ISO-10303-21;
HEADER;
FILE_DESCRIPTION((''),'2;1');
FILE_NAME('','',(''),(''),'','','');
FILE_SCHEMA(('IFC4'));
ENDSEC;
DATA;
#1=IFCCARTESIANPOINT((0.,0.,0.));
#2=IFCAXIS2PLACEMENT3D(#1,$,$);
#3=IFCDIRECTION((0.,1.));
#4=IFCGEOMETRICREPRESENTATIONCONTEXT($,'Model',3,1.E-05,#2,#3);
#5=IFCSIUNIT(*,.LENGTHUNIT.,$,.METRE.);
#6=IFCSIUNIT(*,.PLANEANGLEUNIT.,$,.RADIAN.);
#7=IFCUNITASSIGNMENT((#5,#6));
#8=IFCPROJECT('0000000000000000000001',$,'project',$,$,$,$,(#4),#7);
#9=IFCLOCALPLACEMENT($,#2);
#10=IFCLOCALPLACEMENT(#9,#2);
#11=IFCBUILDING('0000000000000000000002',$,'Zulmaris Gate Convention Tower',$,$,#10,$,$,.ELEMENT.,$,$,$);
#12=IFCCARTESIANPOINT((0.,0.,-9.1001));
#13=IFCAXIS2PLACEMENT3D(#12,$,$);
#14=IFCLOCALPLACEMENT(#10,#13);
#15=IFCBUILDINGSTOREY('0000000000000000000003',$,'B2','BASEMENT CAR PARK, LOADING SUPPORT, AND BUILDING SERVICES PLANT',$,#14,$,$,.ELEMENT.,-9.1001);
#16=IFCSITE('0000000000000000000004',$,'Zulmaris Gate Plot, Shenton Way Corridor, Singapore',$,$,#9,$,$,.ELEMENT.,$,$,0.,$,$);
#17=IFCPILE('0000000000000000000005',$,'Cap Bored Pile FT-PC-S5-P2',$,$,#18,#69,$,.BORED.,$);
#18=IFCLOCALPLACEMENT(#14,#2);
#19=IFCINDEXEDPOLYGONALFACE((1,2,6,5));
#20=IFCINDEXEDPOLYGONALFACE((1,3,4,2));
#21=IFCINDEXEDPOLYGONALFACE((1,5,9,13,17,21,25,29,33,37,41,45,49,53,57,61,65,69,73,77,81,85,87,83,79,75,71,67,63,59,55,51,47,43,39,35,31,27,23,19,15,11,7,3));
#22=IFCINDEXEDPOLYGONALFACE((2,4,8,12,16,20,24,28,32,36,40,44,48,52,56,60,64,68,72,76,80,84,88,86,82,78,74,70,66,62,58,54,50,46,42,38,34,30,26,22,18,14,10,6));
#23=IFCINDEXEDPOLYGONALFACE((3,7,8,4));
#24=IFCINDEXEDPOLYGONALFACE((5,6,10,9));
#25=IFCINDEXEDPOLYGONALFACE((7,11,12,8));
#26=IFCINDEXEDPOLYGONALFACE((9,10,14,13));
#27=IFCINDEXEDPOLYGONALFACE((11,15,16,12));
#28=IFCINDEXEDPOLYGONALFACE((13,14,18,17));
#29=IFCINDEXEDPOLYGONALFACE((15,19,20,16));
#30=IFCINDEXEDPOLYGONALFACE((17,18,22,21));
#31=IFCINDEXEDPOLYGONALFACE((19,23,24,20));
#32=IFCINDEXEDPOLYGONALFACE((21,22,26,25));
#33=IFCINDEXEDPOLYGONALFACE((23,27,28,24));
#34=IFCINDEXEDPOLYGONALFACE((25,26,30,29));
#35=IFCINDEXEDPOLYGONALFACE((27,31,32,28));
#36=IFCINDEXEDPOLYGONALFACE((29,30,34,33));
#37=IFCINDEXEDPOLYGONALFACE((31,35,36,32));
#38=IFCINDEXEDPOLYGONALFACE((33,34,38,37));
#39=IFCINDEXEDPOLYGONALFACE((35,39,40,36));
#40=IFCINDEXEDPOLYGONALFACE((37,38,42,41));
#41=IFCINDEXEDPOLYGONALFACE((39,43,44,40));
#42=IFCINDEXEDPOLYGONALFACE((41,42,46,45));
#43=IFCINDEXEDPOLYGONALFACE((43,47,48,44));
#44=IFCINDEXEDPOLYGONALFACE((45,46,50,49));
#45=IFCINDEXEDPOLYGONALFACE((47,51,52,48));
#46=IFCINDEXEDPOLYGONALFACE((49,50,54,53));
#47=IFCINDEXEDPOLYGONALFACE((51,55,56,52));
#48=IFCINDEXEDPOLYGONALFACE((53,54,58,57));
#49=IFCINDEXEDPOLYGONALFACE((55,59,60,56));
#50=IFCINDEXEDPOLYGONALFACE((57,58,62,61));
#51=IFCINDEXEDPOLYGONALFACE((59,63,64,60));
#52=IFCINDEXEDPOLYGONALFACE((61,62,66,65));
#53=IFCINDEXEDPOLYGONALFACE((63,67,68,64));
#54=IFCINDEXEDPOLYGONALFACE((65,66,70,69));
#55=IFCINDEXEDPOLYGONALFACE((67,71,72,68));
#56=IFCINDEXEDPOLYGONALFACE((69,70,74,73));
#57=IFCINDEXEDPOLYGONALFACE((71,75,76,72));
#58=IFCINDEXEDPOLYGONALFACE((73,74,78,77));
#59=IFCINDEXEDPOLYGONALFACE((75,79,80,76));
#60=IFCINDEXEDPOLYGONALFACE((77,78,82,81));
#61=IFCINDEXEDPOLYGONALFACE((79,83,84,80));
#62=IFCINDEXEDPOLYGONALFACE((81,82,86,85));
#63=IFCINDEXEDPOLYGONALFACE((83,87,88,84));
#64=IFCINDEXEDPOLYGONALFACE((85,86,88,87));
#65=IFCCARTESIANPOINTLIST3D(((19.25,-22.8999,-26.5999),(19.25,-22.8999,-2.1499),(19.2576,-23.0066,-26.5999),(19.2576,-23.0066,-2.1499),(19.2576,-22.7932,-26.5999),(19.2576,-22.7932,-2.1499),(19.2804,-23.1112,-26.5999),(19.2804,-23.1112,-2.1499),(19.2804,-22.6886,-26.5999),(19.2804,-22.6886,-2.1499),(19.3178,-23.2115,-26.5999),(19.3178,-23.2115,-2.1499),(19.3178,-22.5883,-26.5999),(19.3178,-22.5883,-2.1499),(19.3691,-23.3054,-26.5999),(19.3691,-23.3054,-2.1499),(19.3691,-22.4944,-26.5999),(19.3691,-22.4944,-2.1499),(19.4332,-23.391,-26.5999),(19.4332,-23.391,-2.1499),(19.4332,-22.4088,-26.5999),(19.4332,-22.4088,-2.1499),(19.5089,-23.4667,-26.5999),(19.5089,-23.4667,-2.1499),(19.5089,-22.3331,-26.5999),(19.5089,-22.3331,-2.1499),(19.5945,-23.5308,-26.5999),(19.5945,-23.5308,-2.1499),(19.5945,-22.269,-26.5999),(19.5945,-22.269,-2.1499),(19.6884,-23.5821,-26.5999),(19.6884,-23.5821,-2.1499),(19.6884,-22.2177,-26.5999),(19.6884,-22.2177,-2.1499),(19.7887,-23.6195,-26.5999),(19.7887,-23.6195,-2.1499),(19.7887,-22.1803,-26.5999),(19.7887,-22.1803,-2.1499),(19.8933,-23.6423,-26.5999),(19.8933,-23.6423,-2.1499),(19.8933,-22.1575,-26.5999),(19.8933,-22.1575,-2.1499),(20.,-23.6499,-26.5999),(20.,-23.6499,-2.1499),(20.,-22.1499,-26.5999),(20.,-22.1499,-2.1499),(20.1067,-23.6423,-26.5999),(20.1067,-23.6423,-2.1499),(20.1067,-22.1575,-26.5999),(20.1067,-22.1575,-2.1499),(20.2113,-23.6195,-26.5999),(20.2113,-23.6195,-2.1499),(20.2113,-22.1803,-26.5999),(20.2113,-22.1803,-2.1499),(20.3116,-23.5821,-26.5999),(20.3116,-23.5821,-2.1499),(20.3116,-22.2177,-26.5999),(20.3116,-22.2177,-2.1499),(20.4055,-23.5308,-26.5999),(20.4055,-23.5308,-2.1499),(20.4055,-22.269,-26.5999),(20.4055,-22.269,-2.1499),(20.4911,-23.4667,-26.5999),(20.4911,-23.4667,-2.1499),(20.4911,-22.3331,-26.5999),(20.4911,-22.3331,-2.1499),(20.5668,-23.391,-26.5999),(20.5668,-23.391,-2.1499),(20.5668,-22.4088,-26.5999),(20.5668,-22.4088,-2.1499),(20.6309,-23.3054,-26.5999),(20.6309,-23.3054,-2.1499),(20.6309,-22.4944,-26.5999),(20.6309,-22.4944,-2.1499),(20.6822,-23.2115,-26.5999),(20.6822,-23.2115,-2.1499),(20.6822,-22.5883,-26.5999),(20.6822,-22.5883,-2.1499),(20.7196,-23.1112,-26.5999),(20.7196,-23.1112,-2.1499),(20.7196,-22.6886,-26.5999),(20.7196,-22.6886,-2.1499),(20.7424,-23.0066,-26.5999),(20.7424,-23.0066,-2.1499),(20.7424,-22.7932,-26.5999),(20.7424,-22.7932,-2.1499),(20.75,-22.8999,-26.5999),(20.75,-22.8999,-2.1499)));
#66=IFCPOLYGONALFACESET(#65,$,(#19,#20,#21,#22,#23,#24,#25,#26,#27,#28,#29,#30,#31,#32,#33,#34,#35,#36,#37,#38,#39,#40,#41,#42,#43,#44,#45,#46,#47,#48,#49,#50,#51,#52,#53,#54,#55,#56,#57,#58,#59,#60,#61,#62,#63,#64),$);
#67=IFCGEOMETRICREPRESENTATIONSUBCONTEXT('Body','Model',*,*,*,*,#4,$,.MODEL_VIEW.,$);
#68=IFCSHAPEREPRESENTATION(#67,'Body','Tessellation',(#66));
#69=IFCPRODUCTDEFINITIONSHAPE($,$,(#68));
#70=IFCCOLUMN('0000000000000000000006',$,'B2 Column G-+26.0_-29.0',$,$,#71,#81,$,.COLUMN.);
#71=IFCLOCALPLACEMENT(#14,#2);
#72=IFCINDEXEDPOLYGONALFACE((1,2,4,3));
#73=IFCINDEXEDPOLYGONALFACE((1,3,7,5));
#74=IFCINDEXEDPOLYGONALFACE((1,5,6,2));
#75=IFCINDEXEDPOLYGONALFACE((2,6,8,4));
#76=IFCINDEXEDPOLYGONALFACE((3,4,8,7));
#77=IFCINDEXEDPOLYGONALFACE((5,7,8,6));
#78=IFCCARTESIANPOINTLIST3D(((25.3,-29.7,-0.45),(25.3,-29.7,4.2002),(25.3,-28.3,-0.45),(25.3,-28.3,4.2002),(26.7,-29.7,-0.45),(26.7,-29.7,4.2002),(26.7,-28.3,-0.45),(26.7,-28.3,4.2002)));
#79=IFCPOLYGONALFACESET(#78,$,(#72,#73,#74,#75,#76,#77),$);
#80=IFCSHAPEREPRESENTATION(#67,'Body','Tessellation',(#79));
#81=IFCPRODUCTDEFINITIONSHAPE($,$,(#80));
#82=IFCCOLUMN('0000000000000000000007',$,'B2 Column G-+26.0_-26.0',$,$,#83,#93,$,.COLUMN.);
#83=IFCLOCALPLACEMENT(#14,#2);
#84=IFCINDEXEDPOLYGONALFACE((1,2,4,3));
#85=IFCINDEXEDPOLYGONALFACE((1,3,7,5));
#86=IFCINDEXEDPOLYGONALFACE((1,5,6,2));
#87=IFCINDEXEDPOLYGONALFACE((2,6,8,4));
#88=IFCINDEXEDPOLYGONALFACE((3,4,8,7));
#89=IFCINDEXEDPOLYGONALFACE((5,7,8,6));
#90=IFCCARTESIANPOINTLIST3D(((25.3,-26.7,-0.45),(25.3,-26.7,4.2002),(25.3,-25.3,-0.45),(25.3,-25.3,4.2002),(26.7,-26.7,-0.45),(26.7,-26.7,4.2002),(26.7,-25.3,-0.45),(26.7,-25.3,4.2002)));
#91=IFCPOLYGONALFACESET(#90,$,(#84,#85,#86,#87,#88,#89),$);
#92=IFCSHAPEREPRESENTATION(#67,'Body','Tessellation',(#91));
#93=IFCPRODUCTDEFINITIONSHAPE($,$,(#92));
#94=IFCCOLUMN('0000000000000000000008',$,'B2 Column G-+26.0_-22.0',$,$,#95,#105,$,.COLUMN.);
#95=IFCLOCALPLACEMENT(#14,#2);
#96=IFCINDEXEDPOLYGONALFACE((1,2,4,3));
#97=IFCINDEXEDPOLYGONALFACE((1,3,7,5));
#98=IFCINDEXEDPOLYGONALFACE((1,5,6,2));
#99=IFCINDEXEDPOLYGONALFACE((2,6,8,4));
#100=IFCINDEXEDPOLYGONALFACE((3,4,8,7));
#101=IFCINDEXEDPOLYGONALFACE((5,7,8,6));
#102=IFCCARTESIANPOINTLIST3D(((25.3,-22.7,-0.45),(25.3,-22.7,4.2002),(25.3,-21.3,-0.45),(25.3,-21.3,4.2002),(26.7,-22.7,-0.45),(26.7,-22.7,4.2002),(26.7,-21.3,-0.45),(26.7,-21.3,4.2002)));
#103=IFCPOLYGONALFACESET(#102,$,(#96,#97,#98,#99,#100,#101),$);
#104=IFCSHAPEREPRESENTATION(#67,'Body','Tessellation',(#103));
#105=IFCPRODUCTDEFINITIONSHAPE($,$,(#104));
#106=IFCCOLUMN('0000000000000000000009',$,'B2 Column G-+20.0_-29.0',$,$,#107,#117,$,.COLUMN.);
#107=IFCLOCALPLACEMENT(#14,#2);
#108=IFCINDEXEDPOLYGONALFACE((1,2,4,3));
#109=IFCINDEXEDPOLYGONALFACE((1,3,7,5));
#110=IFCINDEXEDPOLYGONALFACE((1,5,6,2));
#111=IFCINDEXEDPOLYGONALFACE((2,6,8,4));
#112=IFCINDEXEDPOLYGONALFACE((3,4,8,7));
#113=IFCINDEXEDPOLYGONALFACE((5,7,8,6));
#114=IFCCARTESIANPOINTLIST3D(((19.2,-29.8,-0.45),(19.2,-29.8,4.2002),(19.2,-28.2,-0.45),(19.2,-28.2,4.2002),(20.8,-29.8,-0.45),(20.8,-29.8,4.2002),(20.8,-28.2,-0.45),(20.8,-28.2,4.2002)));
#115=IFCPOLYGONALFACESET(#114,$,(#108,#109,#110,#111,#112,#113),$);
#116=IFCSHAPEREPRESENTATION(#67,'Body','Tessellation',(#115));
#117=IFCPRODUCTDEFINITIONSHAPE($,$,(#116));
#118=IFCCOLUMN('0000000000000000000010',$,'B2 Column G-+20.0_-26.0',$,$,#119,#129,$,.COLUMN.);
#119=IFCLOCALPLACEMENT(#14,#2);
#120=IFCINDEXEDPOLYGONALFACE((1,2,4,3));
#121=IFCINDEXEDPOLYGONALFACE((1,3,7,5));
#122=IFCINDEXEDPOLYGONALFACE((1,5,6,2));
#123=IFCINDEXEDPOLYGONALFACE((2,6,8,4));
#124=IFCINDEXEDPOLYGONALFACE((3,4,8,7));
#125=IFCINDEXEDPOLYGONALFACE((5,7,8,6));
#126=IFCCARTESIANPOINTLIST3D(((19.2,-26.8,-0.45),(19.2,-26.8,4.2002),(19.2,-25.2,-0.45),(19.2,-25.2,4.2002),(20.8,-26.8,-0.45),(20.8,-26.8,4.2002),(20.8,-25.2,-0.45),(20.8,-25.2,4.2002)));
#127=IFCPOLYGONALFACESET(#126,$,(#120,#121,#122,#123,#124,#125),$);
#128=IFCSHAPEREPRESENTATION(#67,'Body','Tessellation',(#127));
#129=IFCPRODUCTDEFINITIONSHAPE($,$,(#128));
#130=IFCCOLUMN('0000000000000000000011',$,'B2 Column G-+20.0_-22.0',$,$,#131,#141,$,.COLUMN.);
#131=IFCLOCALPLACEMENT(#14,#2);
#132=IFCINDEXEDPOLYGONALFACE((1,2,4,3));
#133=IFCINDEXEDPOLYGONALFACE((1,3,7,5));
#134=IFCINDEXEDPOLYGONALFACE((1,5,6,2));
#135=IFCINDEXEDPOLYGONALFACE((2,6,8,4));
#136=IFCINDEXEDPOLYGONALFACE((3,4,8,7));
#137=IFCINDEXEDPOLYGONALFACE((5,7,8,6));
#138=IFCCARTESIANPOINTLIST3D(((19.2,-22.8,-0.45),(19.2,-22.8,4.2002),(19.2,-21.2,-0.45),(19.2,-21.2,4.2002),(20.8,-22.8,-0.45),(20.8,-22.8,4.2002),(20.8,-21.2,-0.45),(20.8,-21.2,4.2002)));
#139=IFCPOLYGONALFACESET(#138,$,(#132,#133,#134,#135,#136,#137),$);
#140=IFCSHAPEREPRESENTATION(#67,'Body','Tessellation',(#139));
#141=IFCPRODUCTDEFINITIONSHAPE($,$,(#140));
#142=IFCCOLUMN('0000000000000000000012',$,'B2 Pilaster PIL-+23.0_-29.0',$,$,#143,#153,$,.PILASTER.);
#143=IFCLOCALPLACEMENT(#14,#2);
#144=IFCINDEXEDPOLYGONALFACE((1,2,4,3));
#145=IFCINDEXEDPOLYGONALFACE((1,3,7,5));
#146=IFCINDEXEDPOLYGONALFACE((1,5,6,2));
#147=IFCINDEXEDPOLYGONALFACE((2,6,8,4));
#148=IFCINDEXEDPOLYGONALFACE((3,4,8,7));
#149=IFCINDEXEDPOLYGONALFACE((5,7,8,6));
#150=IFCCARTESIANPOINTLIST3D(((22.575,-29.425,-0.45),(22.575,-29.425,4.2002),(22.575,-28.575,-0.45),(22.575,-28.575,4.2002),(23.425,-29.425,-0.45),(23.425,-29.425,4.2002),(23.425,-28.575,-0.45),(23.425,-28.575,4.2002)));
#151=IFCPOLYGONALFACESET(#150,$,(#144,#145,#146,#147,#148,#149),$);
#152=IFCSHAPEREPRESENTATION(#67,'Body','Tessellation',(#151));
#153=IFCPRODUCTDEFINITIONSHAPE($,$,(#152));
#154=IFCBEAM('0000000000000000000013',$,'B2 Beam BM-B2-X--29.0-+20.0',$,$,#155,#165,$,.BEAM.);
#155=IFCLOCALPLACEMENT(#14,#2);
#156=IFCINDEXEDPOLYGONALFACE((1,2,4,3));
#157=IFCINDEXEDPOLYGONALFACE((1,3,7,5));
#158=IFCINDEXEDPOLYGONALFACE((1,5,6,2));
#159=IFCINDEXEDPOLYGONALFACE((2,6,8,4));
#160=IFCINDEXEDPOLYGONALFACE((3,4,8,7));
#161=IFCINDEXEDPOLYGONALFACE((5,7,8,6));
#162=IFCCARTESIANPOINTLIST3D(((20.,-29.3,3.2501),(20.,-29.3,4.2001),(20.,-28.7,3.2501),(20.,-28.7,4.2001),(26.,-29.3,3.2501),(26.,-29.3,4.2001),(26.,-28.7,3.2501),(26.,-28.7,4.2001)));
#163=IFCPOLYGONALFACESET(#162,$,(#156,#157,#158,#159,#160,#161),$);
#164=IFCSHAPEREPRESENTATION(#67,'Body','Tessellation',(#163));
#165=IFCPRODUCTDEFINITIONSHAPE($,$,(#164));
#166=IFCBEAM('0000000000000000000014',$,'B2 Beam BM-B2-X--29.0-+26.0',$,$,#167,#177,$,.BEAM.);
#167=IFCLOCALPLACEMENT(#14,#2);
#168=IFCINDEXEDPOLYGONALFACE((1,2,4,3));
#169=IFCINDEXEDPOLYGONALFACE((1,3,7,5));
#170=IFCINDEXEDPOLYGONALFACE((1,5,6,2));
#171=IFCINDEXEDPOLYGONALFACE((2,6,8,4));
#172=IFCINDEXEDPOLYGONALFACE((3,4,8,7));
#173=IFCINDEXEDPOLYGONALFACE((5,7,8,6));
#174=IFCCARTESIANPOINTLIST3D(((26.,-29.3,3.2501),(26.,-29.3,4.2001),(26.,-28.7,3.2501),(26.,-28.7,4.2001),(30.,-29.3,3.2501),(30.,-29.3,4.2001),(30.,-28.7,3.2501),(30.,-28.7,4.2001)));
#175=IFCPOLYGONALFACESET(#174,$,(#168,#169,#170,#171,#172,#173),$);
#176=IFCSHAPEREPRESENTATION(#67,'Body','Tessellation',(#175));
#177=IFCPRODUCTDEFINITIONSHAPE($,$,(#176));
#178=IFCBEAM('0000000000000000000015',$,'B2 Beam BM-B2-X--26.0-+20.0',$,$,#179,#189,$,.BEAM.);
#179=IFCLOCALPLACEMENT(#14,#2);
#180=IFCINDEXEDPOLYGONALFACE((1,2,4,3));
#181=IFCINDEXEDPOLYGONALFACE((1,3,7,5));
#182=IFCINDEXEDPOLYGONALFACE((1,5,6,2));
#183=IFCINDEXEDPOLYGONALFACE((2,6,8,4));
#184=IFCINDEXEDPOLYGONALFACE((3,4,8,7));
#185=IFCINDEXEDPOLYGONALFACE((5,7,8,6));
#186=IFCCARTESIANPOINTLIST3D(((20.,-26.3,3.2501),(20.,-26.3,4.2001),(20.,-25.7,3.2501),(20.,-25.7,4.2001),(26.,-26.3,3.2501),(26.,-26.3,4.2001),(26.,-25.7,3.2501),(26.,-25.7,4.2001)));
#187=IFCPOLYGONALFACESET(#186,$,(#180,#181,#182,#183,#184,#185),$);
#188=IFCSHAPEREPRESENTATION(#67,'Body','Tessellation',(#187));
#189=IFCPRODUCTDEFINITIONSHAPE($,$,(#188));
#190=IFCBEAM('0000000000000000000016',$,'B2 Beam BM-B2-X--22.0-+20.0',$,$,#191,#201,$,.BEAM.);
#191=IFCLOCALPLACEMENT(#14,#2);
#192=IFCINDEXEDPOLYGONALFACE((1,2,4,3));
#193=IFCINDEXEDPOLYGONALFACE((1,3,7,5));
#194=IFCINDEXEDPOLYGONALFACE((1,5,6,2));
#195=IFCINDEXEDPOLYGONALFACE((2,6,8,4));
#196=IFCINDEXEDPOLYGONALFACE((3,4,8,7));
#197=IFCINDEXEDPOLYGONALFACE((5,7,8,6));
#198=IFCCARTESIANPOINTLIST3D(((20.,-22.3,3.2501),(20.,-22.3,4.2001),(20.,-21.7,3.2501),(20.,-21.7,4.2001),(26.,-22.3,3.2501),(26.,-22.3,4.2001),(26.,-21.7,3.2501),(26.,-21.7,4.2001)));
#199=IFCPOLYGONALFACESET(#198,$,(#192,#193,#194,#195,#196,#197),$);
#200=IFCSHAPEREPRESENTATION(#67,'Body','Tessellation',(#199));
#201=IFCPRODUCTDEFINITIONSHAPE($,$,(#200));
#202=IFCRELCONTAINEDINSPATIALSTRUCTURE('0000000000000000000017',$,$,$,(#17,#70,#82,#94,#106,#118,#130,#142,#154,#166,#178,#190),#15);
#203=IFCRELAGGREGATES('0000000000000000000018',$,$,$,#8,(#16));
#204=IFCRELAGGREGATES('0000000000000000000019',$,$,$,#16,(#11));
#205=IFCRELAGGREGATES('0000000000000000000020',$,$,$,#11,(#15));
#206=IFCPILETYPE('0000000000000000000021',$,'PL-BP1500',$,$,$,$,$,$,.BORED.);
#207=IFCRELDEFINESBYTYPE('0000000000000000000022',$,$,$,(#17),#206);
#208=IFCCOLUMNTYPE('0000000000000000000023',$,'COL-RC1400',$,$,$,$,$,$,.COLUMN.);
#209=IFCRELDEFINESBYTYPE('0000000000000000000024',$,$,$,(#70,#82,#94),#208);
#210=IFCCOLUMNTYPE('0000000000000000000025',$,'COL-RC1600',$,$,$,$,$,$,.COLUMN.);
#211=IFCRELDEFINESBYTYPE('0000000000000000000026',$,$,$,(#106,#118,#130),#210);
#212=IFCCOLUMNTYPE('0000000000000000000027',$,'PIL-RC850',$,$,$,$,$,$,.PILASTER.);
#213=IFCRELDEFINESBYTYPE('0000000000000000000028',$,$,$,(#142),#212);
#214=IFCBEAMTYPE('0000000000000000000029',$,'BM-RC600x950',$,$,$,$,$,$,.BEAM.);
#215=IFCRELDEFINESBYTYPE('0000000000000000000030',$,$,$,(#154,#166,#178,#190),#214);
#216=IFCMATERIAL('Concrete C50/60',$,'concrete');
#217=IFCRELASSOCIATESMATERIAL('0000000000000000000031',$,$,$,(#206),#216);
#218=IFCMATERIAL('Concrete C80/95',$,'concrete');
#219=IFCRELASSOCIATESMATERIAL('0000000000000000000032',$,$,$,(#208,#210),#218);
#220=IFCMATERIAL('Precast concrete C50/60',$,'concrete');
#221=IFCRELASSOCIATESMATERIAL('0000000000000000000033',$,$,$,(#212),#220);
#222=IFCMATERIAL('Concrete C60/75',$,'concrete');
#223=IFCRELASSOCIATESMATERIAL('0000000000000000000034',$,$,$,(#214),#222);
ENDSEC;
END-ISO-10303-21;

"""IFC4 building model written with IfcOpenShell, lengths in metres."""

from ifc_helpers import new_model, si_unit, direction, frame, origin, origin_2d, place, context, subcontext, project, spatial, rectangle, circle, extrude, material, material_profile, profile_set, type_object, element, save


model = new_model("IFC4")

# Units and contexts
model_context = context("Model", 3, precision=1e-05, world=origin(), true_north=direction((0.0, 1.0)))
body_context = subcontext(model_context, "Body", "Model", "MODEL_VIEW")
ifc_project = project(units=[si_unit("LENGTHUNIT", "METRE"), si_unit("PLANEANGLEUNIT", "RADIAN")], contexts=[model_context])

# Site, building, storey
site_placement = place(None, origin())
site = spatial("IfcSite", under=ifc_project, at=site_placement, Name="Zulmaris Gate Plot, Shenton Way Corridor, Singapore", CompositionType="ELEMENT", RefElevation=0.0)
building_placement = place(site_placement, origin())
building = spatial("IfcBuilding", under=site, at=building_placement, Name="Zulmaris Gate Convention Tower", CompositionType="ELEMENT")
storey_placement = place(building_placement, frame((0.0, 0.0, -9.1001)))
storey = spatial("IfcBuildingStorey", under=building, at=storey_placement, Name="B2", Description="BASEMENT CAR PARK, LOADING SUPPORT, AND BUILDING SERVICES PLANT", CompositionType="ELEMENT", Elevation=-9.1001)

# Shared definitions
ifc_material_1 = material(Name="Concrete C50/60", Category="concrete")

# Pile
ifc_material_profile_1 = material_profile(ifc_material_1, circle(Radius=0.75, at=origin_2d()), Name="BORED PILE 1500")
ifc_profile_set_1 = profile_set([ifc_material_profile_1], Name="Concrete C50/60")
pile_type_1 = type_object("IfcPileType", Name="PL-BP1500", PredefinedType="BORED", material=ifc_profile_set_1)
for number, where, z_axis, x_axis, name in (
    (1, (20.0, -22.8999, -2.1499), (0.0, 0.0, -1.0), (1.0, 0.0, 0.0), "Cap Bored Pile FT-PC-S5-P2"),
):
    element("IfcPile", number, at=place(storey_placement, frame(where, z_axis=z_axis, x_axis=x_axis)), inside=storey, type_object=pile_type_1, Name=name, PredefinedType="BORED", context=body_context, shape_type="SweptSolid", body=[
        extrude(circle(Radius=0.75, at=origin_2d()), origin(), (0.0, 0.0, 1.0), 24.45),
    ])

# Columns
ifc_material_2 = material(Name="Concrete C80/95", Category="concrete")
ifc_material_profile_2 = material_profile(ifc_material_2, rectangle(XDim=1.3999, YDim=1.3999, at=origin_2d()), Name="RC COL 1400x1400")
ifc_profile_set_2 = profile_set([ifc_material_profile_2], Name="Concrete C80/95")
column_type_1 = type_object("IfcColumnType", Name="COL-RC1400", PredefinedType="COLUMN", material=ifc_profile_set_2)
for number, where, z_axis, x_axis, name in (
    (2, (26.0, -29.0, -0.45), (0.0, 0.0, 1.0), (1.0, 0.0, 0.0), "B2 Column G-+26.0_-29.0"),
    (3, (26.0, -26.0, -0.45), (0.0, 0.0, 1.0), (1.0, 0.0, 0.0), "B2 Column G-+26.0_-26.0"),
    (4, (26.0, -22.0, -0.45), (0.0, 0.0, 1.0), (1.0, 0.0, 0.0), "B2 Column G-+26.0_-22.0"),
):
    element("IfcColumn", number, at=place(storey_placement, frame(where, z_axis=z_axis, x_axis=x_axis)), inside=storey, type_object=column_type_1, Name=name, PredefinedType="COLUMN", context=body_context, shape_type="SweptSolid", body=[
        extrude(rectangle(XDim=1.3999, YDim=1.3999, at=origin_2d()), origin(), (0.0, 0.0, 1.0), 4.6501),
    ])
ifc_material_profile_3 = material_profile(ifc_material_2, rectangle(XDim=1.6001, YDim=1.6001, at=origin_2d()), Name="RC COL 1600x1600")
ifc_profile_set_3 = profile_set([ifc_material_profile_3], Name="Concrete C80/95")
column_type_2 = type_object("IfcColumnType", Name="COL-RC1600", PredefinedType="COLUMN", material=ifc_profile_set_3)
for number, where, z_axis, x_axis, name in (
    (5, (20.0, -29.0, -0.45), (0.0, 0.0, 1.0), (1.0, 0.0, 0.0), "B2 Column G-+20.0_-29.0"),
    (6, (20.0, -26.0, -0.45), (0.0, 0.0, 1.0), (1.0, 0.0, 0.0), "B2 Column G-+20.0_-26.0"),
    (7, (20.0, -22.0, -0.45), (0.0, 0.0, 1.0), (1.0, 0.0, 0.0), "B2 Column G-+20.0_-22.0"),
):
    element("IfcColumn", number, at=place(storey_placement, frame(where, z_axis=z_axis, x_axis=x_axis)), inside=storey, type_object=column_type_2, Name=name, PredefinedType="COLUMN", context=body_context, shape_type="SweptSolid", body=[
        extrude(rectangle(XDim=1.6001, YDim=1.6001, at=origin_2d()), origin(), (0.0, 0.0, 1.0), 4.6501),
    ])
ifc_material_3 = material(Name="Precast concrete C50/60", Category="concrete")
ifc_material_profile_4 = material_profile(ifc_material_3, rectangle(XDim=0.8501, YDim=0.8501, at=origin_2d()), Name="RC COL 850x850")
ifc_profile_set_4 = profile_set([ifc_material_profile_4], Name="Precast concrete C50/60")
column_type_3 = type_object("IfcColumnType", Name="PIL-RC850", PredefinedType="PILASTER", material=ifc_profile_set_4)
column_placement = place(storey_placement, frame((23.0, -29.0, -0.45), z_axis=(0.0, 0.0, 1.0), x_axis=(1.0, 0.0, 0.0)))
element("IfcColumn", 8, at=column_placement, inside=storey, type_object=column_type_3, Name="B2 Pilaster PIL-+23.0_-29.0", PredefinedType="PILASTER", context=body_context, shape_type="SweptSolid", body=[
    extrude(rectangle(XDim=0.8501, YDim=0.8501, at=origin_2d()), origin(), (0.0, 0.0, 1.0), 4.6501),
])

# Beams
ifc_material_4 = material(Name="Concrete C60/75", Category="concrete")
ifc_material_profile_5 = material_profile(ifc_material_4, rectangle(XDim=0.6001, YDim=0.95, at=origin_2d()), Name="RC BEAM 600x950")
ifc_profile_set_5 = profile_set([ifc_material_profile_5], Name="Concrete C60/75")
beam_type = type_object("IfcBeamType", Name="BM-RC600x950", PredefinedType="BEAM", material=ifc_profile_set_5)
beam_1_placement = place(storey_placement, frame((20.0, -29.0, 3.7251), z_axis=(1.0, 0.0, 0.0), x_axis=(0.0, 1.0, 0.0)))
element("IfcBeam", 9, at=beam_1_placement, inside=storey, type_object=beam_type, Name="B2 Beam BM-B2-X--29.0-+20.0", PredefinedType="BEAM", context=body_context, shape_type="SweptSolid", body=[
    extrude(rectangle(XDim=0.6001, YDim=0.95, at=origin_2d()), origin(), (0.0, 0.0, 1.0), 6.0),
])
beam_2_placement = place(storey_placement, frame((26.0, -29.0, 3.7251), z_axis=(1.0, 0.0, 0.0), x_axis=(0.0, 1.0, 0.0)))
element("IfcBeam", 10, at=beam_2_placement, inside=storey, type_object=beam_type, Name="B2 Beam BM-B2-X--29.0-+26.0", PredefinedType="BEAM", context=body_context, shape_type="SweptSolid", body=[
    extrude(rectangle(XDim=0.6001, YDim=0.95, at=origin_2d()), origin(), (0.0, 0.0, 1.0), 4.0),
])
for number, where, z_axis, x_axis, name in (
    (11, (20.0, -26.0, 3.7251), (1.0, 0.0, 0.0), (0.0, 1.0, 0.0), "B2 Beam BM-B2-X--26.0-+20.0"),
    (12, (20.0, -22.0, 3.7251), (1.0, 0.0, 0.0), (0.0, 1.0, 0.0), "B2 Beam BM-B2-X--22.0-+20.0"),
):
    element("IfcBeam", number, at=place(storey_placement, frame(where, z_axis=z_axis, x_axis=x_axis)), inside=storey, type_object=beam_type, Name=name, PredefinedType="BEAM", context=body_context, shape_type="SweptSolid", body=[
        extrude(rectangle(XDim=0.6001, YDim=0.95, at=origin_2d()), origin(), (0.0, 0.0, 1.0), 6.0),
    ])

save(model, "model.ifc")
